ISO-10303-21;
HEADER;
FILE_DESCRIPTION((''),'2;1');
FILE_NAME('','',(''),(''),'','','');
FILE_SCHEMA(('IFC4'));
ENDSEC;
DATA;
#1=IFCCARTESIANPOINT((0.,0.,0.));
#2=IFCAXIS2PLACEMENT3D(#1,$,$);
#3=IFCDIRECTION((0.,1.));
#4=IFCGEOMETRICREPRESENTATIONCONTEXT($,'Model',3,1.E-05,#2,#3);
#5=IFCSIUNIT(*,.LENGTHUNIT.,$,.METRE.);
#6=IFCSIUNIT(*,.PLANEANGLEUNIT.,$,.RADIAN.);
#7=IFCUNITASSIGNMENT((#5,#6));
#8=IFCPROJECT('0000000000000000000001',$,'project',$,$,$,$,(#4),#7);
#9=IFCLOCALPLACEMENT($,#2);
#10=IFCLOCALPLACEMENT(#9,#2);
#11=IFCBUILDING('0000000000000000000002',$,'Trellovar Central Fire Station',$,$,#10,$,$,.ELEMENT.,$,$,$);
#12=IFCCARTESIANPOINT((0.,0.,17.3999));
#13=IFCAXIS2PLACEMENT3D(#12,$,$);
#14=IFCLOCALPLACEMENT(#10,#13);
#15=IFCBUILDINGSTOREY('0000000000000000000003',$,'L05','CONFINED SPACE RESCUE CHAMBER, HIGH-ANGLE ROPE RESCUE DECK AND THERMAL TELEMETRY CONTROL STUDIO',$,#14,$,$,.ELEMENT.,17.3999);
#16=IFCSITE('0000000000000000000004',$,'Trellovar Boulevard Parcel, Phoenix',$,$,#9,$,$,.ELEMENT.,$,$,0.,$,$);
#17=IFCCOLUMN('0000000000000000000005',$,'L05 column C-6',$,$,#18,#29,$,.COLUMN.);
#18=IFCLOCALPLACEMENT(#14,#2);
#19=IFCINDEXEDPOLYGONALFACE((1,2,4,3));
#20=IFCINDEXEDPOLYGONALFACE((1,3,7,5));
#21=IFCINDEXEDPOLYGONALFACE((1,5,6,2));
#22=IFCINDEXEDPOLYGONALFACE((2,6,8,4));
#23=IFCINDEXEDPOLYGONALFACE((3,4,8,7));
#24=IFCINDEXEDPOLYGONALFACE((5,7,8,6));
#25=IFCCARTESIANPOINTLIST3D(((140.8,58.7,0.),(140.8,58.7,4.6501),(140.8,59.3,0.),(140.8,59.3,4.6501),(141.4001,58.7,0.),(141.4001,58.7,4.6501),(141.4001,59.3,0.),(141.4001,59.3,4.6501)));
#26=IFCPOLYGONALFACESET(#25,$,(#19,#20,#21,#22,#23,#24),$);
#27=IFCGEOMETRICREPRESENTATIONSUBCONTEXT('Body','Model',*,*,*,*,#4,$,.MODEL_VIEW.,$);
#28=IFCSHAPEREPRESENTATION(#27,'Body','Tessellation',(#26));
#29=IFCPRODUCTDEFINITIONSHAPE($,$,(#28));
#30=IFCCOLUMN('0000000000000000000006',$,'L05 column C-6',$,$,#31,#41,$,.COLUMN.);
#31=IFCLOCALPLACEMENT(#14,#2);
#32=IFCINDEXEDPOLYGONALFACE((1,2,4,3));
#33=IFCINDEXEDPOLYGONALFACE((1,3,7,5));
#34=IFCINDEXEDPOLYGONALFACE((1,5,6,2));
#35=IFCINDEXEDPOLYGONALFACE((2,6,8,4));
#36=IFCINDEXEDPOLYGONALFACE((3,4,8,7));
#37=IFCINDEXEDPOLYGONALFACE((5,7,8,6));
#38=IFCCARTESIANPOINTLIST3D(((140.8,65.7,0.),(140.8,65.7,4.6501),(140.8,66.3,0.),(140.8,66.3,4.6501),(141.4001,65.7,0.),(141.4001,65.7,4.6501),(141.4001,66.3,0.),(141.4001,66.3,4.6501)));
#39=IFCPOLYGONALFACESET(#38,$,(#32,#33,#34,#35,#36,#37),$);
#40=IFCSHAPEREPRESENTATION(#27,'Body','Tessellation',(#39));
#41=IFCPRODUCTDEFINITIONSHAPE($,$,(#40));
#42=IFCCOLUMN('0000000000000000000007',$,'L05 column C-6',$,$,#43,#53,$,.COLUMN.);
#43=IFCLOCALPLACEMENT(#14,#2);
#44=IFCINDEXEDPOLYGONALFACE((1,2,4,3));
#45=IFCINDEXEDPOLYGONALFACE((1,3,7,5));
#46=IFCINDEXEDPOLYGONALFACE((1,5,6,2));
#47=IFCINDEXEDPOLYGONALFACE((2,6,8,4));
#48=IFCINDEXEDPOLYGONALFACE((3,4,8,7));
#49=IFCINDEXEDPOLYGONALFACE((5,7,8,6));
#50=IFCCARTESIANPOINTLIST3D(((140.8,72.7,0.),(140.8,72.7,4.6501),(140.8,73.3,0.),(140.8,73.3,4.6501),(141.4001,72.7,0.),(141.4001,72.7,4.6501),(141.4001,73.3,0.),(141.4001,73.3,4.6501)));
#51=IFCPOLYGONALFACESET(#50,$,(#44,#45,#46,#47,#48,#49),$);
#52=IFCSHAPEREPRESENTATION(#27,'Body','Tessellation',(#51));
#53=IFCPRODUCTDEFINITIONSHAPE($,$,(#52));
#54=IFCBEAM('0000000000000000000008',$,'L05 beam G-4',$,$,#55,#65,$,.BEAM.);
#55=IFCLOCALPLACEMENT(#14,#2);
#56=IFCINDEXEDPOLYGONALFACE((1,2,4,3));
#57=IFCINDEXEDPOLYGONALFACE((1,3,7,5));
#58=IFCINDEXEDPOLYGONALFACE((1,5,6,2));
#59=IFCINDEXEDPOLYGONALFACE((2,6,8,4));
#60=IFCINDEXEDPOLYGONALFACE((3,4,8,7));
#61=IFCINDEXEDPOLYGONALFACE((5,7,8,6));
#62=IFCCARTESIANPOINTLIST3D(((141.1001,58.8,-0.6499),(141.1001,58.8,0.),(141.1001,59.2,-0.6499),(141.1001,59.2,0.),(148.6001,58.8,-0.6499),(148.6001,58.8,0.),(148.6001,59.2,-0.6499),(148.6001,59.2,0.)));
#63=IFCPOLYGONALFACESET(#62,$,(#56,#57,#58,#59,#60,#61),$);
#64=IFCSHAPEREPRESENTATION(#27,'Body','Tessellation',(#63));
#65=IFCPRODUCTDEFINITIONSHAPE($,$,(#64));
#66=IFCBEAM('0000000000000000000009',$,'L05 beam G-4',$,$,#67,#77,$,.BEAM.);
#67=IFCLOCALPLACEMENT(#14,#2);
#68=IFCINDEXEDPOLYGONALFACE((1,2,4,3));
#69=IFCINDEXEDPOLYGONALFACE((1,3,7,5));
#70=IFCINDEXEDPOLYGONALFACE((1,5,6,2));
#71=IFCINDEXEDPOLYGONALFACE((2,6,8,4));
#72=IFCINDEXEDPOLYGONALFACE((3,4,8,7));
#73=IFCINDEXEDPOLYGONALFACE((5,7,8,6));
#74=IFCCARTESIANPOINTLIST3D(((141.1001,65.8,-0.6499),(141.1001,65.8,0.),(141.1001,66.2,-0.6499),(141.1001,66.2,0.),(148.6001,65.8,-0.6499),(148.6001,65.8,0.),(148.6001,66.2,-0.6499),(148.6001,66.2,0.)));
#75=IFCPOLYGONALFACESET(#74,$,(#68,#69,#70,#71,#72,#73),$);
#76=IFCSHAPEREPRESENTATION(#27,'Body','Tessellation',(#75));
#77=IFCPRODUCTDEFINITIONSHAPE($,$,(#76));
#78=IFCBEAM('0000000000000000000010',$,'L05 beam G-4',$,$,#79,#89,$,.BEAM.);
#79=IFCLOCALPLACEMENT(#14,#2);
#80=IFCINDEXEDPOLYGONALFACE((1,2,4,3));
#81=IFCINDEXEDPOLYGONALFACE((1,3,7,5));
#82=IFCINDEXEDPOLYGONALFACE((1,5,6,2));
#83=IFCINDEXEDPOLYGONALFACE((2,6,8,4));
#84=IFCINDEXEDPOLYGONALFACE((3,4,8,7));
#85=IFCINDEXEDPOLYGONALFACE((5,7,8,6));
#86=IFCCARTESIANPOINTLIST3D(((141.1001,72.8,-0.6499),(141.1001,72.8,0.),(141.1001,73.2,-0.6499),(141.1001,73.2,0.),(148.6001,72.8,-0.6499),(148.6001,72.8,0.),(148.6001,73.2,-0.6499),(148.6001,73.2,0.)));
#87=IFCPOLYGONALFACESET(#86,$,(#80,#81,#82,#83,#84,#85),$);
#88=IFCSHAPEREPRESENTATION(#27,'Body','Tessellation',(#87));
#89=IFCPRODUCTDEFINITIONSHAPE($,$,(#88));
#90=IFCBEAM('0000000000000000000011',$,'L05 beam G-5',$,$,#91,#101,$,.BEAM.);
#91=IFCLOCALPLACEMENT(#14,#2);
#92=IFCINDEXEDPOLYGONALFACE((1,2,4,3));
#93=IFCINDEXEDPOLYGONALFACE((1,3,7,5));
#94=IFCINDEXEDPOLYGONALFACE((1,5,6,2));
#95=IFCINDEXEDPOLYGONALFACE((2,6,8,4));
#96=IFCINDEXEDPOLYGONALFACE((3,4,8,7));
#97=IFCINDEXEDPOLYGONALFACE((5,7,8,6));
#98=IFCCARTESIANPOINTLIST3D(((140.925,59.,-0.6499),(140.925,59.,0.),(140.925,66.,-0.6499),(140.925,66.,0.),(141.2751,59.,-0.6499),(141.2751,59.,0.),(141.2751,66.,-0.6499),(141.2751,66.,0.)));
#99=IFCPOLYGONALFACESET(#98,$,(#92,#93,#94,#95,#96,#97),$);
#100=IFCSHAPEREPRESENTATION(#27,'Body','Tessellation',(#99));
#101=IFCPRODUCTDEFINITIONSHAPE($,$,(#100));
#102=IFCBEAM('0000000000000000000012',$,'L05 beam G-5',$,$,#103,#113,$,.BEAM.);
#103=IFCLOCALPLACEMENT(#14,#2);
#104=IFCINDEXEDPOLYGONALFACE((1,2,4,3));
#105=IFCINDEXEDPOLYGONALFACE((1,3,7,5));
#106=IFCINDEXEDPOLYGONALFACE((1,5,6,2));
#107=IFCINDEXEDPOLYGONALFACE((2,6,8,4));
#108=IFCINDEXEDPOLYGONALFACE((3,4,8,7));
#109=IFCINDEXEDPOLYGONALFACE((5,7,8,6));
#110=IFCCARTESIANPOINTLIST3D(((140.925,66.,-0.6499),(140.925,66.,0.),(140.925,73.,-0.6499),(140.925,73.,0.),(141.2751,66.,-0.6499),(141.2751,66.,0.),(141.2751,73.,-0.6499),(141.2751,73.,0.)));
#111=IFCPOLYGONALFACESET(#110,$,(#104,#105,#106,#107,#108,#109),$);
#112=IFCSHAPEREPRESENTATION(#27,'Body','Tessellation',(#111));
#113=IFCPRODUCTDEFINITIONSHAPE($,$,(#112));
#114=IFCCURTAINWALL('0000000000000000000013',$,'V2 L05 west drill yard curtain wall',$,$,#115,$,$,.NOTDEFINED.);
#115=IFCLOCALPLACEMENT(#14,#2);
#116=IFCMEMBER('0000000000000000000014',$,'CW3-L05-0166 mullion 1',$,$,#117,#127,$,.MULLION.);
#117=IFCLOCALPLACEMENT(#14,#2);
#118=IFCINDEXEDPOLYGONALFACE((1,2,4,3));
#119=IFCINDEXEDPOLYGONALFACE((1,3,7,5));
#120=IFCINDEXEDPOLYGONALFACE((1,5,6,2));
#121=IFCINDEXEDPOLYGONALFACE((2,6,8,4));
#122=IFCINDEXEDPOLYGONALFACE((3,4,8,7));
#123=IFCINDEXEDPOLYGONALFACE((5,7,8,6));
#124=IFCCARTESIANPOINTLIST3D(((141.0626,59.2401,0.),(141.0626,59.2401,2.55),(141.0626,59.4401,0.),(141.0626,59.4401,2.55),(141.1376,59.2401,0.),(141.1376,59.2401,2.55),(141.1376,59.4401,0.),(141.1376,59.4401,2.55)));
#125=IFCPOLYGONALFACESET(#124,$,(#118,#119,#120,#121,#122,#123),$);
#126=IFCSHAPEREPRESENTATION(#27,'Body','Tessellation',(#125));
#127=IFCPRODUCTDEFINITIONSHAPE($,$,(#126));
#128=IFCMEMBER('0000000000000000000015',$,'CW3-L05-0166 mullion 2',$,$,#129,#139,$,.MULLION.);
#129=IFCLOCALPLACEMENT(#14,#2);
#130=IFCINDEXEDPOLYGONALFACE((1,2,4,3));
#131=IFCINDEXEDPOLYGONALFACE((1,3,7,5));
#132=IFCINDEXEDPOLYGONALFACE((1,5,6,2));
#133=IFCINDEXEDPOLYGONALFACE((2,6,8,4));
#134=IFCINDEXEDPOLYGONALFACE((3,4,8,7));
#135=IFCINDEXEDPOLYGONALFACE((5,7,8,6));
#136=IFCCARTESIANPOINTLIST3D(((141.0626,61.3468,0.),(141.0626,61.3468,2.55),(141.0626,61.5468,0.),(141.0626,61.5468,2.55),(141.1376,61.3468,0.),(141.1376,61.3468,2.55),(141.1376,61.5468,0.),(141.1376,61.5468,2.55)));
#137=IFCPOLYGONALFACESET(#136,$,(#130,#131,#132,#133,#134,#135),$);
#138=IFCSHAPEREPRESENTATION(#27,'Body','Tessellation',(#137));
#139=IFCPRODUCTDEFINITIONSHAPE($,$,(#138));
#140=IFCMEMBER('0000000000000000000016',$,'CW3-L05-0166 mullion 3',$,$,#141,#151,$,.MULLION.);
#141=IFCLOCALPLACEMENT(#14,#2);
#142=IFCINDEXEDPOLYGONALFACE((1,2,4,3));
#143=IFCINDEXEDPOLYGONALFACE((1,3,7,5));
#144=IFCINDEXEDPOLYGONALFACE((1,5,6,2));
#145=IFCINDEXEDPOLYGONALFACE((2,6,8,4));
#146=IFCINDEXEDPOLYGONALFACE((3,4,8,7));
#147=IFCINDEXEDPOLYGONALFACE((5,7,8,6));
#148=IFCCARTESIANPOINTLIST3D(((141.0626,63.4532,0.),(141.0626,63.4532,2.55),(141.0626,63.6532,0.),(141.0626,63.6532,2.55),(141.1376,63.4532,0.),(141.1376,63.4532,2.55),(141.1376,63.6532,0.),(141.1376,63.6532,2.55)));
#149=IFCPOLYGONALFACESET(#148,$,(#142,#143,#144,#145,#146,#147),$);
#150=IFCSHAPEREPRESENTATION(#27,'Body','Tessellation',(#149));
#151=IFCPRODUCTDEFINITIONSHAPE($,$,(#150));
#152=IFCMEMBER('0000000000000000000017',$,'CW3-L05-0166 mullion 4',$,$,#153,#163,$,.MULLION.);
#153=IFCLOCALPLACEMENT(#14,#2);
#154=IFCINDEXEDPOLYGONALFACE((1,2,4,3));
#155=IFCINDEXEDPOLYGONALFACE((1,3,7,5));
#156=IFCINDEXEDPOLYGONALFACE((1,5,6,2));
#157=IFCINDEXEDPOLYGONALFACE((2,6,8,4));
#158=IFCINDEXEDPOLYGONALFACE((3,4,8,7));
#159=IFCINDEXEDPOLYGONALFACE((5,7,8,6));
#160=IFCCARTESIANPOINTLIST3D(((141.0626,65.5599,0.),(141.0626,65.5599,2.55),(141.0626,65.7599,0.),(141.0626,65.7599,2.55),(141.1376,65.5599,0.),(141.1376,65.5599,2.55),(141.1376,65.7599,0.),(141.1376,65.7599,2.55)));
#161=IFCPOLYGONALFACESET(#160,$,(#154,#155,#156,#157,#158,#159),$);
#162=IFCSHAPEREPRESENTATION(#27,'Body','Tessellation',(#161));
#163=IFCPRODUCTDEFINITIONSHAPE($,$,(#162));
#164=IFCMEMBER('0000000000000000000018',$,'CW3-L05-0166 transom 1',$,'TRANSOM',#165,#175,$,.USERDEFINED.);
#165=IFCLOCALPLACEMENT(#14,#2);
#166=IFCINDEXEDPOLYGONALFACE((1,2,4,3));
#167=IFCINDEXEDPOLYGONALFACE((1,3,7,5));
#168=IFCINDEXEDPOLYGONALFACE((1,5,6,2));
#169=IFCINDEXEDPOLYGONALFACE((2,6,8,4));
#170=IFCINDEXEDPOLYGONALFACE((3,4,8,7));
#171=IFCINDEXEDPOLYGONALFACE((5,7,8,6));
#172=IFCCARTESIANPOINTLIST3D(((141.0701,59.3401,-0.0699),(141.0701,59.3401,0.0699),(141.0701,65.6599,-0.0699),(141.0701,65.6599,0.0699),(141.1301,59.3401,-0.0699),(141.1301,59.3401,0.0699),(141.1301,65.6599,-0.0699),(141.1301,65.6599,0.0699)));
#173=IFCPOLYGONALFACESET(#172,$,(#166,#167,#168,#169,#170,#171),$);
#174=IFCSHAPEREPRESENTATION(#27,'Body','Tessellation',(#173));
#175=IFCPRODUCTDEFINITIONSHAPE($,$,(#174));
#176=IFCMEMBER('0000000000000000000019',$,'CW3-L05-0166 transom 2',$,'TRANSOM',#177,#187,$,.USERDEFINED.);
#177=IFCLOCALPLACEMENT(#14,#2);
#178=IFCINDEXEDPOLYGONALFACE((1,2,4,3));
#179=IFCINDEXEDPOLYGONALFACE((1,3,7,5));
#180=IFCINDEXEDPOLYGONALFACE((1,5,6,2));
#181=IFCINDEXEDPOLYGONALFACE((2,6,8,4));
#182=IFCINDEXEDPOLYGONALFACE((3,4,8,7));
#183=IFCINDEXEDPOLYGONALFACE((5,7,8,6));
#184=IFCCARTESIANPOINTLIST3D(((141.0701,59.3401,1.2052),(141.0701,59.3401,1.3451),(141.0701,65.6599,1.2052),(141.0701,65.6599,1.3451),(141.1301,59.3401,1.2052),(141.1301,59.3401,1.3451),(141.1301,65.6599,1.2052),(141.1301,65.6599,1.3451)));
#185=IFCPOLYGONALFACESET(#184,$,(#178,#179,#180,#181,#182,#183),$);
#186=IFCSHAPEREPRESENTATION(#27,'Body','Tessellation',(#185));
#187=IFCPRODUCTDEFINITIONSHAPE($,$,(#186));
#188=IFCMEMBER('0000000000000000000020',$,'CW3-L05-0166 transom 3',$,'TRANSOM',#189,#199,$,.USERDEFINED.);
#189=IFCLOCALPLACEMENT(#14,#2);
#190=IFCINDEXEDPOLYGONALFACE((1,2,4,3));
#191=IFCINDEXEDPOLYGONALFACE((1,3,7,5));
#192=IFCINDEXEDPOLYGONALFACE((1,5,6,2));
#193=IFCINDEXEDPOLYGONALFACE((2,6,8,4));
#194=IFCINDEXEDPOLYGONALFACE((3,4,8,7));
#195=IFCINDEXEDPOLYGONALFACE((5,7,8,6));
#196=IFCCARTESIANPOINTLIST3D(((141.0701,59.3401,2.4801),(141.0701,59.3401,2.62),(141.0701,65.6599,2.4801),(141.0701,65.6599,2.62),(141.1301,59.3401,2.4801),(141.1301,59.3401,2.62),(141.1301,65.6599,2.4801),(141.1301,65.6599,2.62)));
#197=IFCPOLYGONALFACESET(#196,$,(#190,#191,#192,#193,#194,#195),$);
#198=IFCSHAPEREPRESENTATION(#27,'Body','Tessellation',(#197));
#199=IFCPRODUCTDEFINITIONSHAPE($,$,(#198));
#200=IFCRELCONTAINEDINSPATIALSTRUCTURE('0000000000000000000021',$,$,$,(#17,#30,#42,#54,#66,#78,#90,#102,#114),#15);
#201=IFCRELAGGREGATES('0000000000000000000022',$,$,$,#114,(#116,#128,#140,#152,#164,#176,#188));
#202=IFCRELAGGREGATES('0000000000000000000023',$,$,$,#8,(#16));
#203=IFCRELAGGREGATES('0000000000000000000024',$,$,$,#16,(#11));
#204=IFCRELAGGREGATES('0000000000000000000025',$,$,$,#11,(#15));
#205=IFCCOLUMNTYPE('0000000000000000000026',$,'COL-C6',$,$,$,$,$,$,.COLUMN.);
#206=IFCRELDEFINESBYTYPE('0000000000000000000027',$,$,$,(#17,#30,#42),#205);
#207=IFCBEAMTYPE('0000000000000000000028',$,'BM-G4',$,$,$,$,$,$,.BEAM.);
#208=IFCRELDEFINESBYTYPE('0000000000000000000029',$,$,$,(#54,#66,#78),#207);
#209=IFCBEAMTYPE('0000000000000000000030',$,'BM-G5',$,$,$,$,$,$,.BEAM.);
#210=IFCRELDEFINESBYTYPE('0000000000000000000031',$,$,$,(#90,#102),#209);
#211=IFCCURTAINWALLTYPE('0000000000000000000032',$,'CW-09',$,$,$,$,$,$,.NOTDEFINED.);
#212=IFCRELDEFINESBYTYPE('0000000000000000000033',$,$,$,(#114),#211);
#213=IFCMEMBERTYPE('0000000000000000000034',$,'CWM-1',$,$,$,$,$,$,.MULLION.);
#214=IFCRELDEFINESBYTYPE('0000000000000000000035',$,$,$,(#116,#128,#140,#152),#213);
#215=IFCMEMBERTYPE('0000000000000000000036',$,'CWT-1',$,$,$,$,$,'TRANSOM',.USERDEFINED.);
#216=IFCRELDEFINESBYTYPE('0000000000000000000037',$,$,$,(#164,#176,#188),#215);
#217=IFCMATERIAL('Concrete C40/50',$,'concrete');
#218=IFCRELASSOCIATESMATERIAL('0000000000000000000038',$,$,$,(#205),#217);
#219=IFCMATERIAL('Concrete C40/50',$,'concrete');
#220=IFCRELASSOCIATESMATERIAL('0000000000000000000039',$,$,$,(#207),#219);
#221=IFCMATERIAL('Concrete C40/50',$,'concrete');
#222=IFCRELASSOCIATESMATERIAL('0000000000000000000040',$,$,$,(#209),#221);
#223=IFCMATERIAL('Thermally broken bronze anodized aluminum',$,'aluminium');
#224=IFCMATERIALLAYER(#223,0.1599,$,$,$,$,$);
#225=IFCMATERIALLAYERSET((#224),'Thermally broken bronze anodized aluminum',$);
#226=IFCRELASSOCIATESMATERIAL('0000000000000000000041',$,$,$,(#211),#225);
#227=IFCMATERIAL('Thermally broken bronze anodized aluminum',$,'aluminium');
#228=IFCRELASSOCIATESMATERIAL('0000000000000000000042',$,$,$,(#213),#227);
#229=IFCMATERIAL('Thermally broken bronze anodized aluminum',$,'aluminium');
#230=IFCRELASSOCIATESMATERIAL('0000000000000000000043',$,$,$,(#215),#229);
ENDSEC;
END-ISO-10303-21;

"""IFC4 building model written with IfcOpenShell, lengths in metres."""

from ifc_helpers import new_model, si_unit, direction, frame, origin, origin_2d, place, context, subcontext, project, spatial, rectangle, extrude, material, layer, layer_set, material_profile, profile_set, type_object, element, aggregate, save


model = new_model("IFC4")

# Units and contexts
model_context = context("Model", 3, precision=1e-05, world=origin(), true_north=direction((0.0, 1.0)))
body_context = subcontext(model_context, "Body", "Model", "MODEL_VIEW")
ifc_project = project(units=[si_unit("LENGTHUNIT", "METRE"), si_unit("PLANEANGLEUNIT", "RADIAN")], contexts=[model_context])

# Site, building, storey
site_placement = place(None, origin())
site = spatial("IfcSite", under=ifc_project, at=site_placement, Name="Trellovar Boulevard Parcel, Phoenix", CompositionType="ELEMENT", RefElevation=0.0)
building_placement = place(site_placement, origin())
building = spatial("IfcBuilding", under=site, at=building_placement, Name="Trellovar Central Fire Station", CompositionType="ELEMENT")
storey_placement = place(building_placement, frame((0.0, 0.0, 17.3999)))
storey = spatial("IfcBuildingStorey", under=building, at=storey_placement, Name="L05", Description="CONFINED SPACE RESCUE CHAMBER, HIGH-ANGLE ROPE RESCUE DECK AND THERMAL TELEMETRY CONTROL STUDIO", CompositionType="ELEMENT", Elevation=17.3999)

# Columns
ifc_material_1 = material(Name="Concrete C40/50", Category="concrete")
ifc_material_profile_1 = material_profile(ifc_material_1, rectangle(XDim=0.6001, YDim=0.6001, at=origin_2d()), Name="RC600X600")
ifc_profile_set_1 = profile_set([ifc_material_profile_1], Name="Concrete C40/50")
column_type = type_object("IfcColumnType", Name="COL-C6", PredefinedType="COLUMN", material=ifc_profile_set_1)
for number, where, z_axis, x_axis, name in (
    (1, (141.1001, 59.0, 0.0), (0.0, 0.0, 1.0), (1.0, 0.0, 0.0), "L05 column C-6"),
    (2, (141.1001, 66.0, 0.0), (0.0, 0.0, 1.0), (1.0, 0.0, 0.0), "L05 column C-6"),
    (3, (141.1001, 73.0, 0.0), (0.0, 0.0, 1.0), (1.0, 0.0, 0.0), "L05 column C-6"),
):
    element("IfcColumn", number, at=place(storey_placement, frame(where, z_axis=z_axis, x_axis=x_axis)), inside=storey, type_object=column_type, Name=name, PredefinedType="COLUMN", context=body_context, shape_type="SweptSolid", body=[
        extrude(rectangle(XDim=0.6001, YDim=0.6001, at=origin_2d()), origin(), (0.0, 0.0, 1.0), 4.6501),
    ])

# Beams
ifc_material_2 = material(Name="Concrete C40/50", Category="concrete")
ifc_material_profile_2 = material_profile(ifc_material_2, rectangle(XDim=0.3999, YDim=0.6499, at=origin_2d()), Name="RC400X650")
ifc_profile_set_2 = profile_set([ifc_material_profile_2], Name="Concrete C40/50")
beam_type_1 = type_object("IfcBeamType", Name="BM-G4", PredefinedType="BEAM", material=ifc_profile_set_2)
for number, where, z_axis, x_axis, name in (
    (4, (141.1001, 59.0, -0.325), (1.0, 0.0, 0.0), (0.0, 1.0, 0.0), "L05 beam G-4"),
    (5, (141.1001, 66.0, -0.325), (1.0, 0.0, 0.0), (0.0, 1.0, 0.0), "L05 beam G-4"),
    (6, (141.1001, 73.0, -0.325), (1.0, 0.0, 0.0), (0.0, 1.0, 0.0), "L05 beam G-4"),
):
    element("IfcBeam", number, at=place(storey_placement, frame(where, z_axis=z_axis, x_axis=x_axis)), inside=storey, type_object=beam_type_1, Name=name, PredefinedType="BEAM", context=body_context, shape_type="SweptSolid", body=[
        extrude(rectangle(XDim=0.3999, YDim=0.6499, at=origin_2d()), origin(), (0.0, 0.0, 1.0), 7.5),
    ])
ifc_material_3 = material(Name="Concrete C40/50", Category="concrete")
ifc_material_profile_3 = material_profile(ifc_material_3, rectangle(XDim=0.3501, YDim=0.6499, at=origin_2d()), Name="RC350X650")
ifc_profile_set_3 = profile_set([ifc_material_profile_3], Name="Concrete C40/50")
beam_type_2 = type_object("IfcBeamType", Name="BM-G5", PredefinedType="BEAM", material=ifc_profile_set_3)
for number, where, z_axis, x_axis, name in (
    (7, (141.1001, 59.0, -0.325), (0.0, 1.0, 0.0), (-1.0, 0.0, 0.0), "L05 beam G-5"),
    (8, (141.1001, 66.0, -0.325), (0.0, 1.0, 0.0), (-1.0, 0.0, 0.0), "L05 beam G-5"),
):
    element("IfcBeam", number, at=place(storey_placement, frame(where, z_axis=z_axis, x_axis=x_axis)), inside=storey, type_object=beam_type_2, Name=name, PredefinedType="BEAM", context=body_context, shape_type="SweptSolid", body=[
        extrude(rectangle(XDim=0.3501, YDim=0.6499, at=origin_2d()), origin(), (0.0, 0.0, 1.0), 7.0),
    ])

# Curtain wall, members
ifc_material_4 = material(Name="Thermally broken bronze anodized aluminum", Category="aluminium")
ifc_layer_1 = layer(ifc_material_4, 0.1599)
ifc_layer_set_1 = layer_set([ifc_layer_1], Name="Thermally broken bronze anodized aluminum")
curtain_wall_type = type_object("IfcCurtainWallType", Name="CW-09", PredefinedType="NOTDEFINED", material=ifc_layer_set_1)
curtain_wall_placement = place(storey_placement, origin())
curtain_wall = element("IfcCurtainWall", 9, at=curtain_wall_placement, inside=storey, type_object=curtain_wall_type, Name="V2 L05 west drill yard curtain wall", PredefinedType="NOTDEFINED")
ifc_material_5 = material(Name="Thermally broken bronze anodized aluminum", Category="aluminium")
ifc_material_profile_4 = material_profile(ifc_material_5, rectangle(XDim=0.075, YDim=0.2, at=origin_2d()), Name="ALU75X200")
ifc_profile_set_4 = profile_set([ifc_material_profile_4], Name="Thermally broken bronze anodized aluminum")
member_type_1 = type_object("IfcMemberType", Name="CWM-1", PredefinedType="MULLION", material=ifc_profile_set_4)
member_1_placement = place(storey_placement, frame((141.1001, 59.3401, 0.0), z_axis=(0.0, 0.0, 1.0), x_axis=(1.0, 0.0, 0.0)))
member_1 = element("IfcMember", 10, at=member_1_placement, type_object=member_type_1, Name="CW3-L05-0166 mullion 1", PredefinedType="MULLION", context=body_context, shape_type="SweptSolid", body=[
    extrude(rectangle(XDim=0.075, YDim=0.2, at=origin_2d()), origin(), (0.0, 0.0, 1.0), 2.55),
])
member_2_placement = place(storey_placement, frame((141.1001, 61.4468, 0.0), z_axis=(0.0, 0.0, 1.0), x_axis=(1.0, 0.0, 0.0)))
member_2 = element("IfcMember", 11, at=member_2_placement, type_object=member_type_1, Name="CW3-L05-0166 mullion 2", PredefinedType="MULLION", context=body_context, shape_type="SweptSolid", body=[
    extrude(rectangle(XDim=0.075, YDim=0.2, at=origin_2d()), origin(), (0.0, 0.0, 1.0), 2.55),
])
member_3_placement = place(storey_placement, frame((141.1001, 63.5532, 0.0), z_axis=(0.0, 0.0, 1.0), x_axis=(1.0, 0.0, 0.0)))
member_3 = element("IfcMember", 12, at=member_3_placement, type_object=member_type_1, Name="CW3-L05-0166 mullion 3", PredefinedType="MULLION", context=body_context, shape_type="SweptSolid", body=[
    extrude(rectangle(XDim=0.075, YDim=0.2, at=origin_2d()), origin(), (0.0, 0.0, 1.0), 2.55),
])
member_4_placement = place(storey_placement, frame((141.1001, 65.6599, 0.0), z_axis=(0.0, 0.0, 1.0), x_axis=(1.0, 0.0, 0.0)))
member_4 = element("IfcMember", 13, at=member_4_placement, type_object=member_type_1, Name="CW3-L05-0166 mullion 4", PredefinedType="MULLION", context=body_context, shape_type="SweptSolid", body=[
    extrude(rectangle(XDim=0.075, YDim=0.2, at=origin_2d()), origin(), (0.0, 0.0, 1.0), 2.55),
])
ifc_material_6 = material(Name="Thermally broken bronze anodized aluminum", Category="aluminium")
ifc_material_profile_5 = material_profile(ifc_material_6, rectangle(XDim=0.0601, YDim=0.1399, at=origin_2d()), Name="ALU60X140")
ifc_profile_set_5 = profile_set([ifc_material_profile_5], Name="Thermally broken bronze anodized aluminum")
member_type_2 = type_object("IfcMemberType", Name="CWT-1", ElementType="TRANSOM", PredefinedType="USERDEFINED", material=ifc_profile_set_5)
member_5_placement = place(storey_placement, frame((141.1001, 59.3401, 0.0), z_axis=(0.0, 1.0, 0.0), x_axis=(-1.0, 0.0, 0.0)))
member_5 = element("IfcMember", 14, at=member_5_placement, type_object=member_type_2, Name="CW3-L05-0166 transom 1", ObjectType="TRANSOM", PredefinedType="USERDEFINED", context=body_context, shape_type="SweptSolid", body=[
    extrude(rectangle(XDim=0.0601, YDim=0.1399, at=origin_2d()), origin(), (0.0, 0.0, 1.0), 6.3198),
])
member_6_placement = place(storey_placement, frame((141.1001, 59.3401, 1.2751), z_axis=(0.0, 1.0, 0.0), x_axis=(-1.0, 0.0, 0.0)))
member_6 = element("IfcMember", 15, at=member_6_placement, type_object=member_type_2, Name="CW3-L05-0166 transom 2", ObjectType="TRANSOM", PredefinedType="USERDEFINED", context=body_context, shape_type="SweptSolid", body=[
    extrude(rectangle(XDim=0.0601, YDim=0.1399, at=origin_2d()), origin(), (0.0, 0.0, 1.0), 6.3198),
])
member_7_placement = place(storey_placement, frame((141.1001, 59.3401, 2.55), z_axis=(0.0, 1.0, 0.0), x_axis=(-1.0, 0.0, 0.0)))
member_7 = element("IfcMember", 16, at=member_7_placement, type_object=member_type_2, Name="CW3-L05-0166 transom 3", ObjectType="TRANSOM", PredefinedType="USERDEFINED", context=body_context, shape_type="SweptSolid", body=[
    extrude(rectangle(XDim=0.0601, YDim=0.1399, at=origin_2d()), origin(), (0.0, 0.0, 1.0), 6.3198),
])
aggregate(curtain_wall, [member_1, member_2, member_3, member_4, member_5, member_6, member_7])

save(model, "model.ifc")
